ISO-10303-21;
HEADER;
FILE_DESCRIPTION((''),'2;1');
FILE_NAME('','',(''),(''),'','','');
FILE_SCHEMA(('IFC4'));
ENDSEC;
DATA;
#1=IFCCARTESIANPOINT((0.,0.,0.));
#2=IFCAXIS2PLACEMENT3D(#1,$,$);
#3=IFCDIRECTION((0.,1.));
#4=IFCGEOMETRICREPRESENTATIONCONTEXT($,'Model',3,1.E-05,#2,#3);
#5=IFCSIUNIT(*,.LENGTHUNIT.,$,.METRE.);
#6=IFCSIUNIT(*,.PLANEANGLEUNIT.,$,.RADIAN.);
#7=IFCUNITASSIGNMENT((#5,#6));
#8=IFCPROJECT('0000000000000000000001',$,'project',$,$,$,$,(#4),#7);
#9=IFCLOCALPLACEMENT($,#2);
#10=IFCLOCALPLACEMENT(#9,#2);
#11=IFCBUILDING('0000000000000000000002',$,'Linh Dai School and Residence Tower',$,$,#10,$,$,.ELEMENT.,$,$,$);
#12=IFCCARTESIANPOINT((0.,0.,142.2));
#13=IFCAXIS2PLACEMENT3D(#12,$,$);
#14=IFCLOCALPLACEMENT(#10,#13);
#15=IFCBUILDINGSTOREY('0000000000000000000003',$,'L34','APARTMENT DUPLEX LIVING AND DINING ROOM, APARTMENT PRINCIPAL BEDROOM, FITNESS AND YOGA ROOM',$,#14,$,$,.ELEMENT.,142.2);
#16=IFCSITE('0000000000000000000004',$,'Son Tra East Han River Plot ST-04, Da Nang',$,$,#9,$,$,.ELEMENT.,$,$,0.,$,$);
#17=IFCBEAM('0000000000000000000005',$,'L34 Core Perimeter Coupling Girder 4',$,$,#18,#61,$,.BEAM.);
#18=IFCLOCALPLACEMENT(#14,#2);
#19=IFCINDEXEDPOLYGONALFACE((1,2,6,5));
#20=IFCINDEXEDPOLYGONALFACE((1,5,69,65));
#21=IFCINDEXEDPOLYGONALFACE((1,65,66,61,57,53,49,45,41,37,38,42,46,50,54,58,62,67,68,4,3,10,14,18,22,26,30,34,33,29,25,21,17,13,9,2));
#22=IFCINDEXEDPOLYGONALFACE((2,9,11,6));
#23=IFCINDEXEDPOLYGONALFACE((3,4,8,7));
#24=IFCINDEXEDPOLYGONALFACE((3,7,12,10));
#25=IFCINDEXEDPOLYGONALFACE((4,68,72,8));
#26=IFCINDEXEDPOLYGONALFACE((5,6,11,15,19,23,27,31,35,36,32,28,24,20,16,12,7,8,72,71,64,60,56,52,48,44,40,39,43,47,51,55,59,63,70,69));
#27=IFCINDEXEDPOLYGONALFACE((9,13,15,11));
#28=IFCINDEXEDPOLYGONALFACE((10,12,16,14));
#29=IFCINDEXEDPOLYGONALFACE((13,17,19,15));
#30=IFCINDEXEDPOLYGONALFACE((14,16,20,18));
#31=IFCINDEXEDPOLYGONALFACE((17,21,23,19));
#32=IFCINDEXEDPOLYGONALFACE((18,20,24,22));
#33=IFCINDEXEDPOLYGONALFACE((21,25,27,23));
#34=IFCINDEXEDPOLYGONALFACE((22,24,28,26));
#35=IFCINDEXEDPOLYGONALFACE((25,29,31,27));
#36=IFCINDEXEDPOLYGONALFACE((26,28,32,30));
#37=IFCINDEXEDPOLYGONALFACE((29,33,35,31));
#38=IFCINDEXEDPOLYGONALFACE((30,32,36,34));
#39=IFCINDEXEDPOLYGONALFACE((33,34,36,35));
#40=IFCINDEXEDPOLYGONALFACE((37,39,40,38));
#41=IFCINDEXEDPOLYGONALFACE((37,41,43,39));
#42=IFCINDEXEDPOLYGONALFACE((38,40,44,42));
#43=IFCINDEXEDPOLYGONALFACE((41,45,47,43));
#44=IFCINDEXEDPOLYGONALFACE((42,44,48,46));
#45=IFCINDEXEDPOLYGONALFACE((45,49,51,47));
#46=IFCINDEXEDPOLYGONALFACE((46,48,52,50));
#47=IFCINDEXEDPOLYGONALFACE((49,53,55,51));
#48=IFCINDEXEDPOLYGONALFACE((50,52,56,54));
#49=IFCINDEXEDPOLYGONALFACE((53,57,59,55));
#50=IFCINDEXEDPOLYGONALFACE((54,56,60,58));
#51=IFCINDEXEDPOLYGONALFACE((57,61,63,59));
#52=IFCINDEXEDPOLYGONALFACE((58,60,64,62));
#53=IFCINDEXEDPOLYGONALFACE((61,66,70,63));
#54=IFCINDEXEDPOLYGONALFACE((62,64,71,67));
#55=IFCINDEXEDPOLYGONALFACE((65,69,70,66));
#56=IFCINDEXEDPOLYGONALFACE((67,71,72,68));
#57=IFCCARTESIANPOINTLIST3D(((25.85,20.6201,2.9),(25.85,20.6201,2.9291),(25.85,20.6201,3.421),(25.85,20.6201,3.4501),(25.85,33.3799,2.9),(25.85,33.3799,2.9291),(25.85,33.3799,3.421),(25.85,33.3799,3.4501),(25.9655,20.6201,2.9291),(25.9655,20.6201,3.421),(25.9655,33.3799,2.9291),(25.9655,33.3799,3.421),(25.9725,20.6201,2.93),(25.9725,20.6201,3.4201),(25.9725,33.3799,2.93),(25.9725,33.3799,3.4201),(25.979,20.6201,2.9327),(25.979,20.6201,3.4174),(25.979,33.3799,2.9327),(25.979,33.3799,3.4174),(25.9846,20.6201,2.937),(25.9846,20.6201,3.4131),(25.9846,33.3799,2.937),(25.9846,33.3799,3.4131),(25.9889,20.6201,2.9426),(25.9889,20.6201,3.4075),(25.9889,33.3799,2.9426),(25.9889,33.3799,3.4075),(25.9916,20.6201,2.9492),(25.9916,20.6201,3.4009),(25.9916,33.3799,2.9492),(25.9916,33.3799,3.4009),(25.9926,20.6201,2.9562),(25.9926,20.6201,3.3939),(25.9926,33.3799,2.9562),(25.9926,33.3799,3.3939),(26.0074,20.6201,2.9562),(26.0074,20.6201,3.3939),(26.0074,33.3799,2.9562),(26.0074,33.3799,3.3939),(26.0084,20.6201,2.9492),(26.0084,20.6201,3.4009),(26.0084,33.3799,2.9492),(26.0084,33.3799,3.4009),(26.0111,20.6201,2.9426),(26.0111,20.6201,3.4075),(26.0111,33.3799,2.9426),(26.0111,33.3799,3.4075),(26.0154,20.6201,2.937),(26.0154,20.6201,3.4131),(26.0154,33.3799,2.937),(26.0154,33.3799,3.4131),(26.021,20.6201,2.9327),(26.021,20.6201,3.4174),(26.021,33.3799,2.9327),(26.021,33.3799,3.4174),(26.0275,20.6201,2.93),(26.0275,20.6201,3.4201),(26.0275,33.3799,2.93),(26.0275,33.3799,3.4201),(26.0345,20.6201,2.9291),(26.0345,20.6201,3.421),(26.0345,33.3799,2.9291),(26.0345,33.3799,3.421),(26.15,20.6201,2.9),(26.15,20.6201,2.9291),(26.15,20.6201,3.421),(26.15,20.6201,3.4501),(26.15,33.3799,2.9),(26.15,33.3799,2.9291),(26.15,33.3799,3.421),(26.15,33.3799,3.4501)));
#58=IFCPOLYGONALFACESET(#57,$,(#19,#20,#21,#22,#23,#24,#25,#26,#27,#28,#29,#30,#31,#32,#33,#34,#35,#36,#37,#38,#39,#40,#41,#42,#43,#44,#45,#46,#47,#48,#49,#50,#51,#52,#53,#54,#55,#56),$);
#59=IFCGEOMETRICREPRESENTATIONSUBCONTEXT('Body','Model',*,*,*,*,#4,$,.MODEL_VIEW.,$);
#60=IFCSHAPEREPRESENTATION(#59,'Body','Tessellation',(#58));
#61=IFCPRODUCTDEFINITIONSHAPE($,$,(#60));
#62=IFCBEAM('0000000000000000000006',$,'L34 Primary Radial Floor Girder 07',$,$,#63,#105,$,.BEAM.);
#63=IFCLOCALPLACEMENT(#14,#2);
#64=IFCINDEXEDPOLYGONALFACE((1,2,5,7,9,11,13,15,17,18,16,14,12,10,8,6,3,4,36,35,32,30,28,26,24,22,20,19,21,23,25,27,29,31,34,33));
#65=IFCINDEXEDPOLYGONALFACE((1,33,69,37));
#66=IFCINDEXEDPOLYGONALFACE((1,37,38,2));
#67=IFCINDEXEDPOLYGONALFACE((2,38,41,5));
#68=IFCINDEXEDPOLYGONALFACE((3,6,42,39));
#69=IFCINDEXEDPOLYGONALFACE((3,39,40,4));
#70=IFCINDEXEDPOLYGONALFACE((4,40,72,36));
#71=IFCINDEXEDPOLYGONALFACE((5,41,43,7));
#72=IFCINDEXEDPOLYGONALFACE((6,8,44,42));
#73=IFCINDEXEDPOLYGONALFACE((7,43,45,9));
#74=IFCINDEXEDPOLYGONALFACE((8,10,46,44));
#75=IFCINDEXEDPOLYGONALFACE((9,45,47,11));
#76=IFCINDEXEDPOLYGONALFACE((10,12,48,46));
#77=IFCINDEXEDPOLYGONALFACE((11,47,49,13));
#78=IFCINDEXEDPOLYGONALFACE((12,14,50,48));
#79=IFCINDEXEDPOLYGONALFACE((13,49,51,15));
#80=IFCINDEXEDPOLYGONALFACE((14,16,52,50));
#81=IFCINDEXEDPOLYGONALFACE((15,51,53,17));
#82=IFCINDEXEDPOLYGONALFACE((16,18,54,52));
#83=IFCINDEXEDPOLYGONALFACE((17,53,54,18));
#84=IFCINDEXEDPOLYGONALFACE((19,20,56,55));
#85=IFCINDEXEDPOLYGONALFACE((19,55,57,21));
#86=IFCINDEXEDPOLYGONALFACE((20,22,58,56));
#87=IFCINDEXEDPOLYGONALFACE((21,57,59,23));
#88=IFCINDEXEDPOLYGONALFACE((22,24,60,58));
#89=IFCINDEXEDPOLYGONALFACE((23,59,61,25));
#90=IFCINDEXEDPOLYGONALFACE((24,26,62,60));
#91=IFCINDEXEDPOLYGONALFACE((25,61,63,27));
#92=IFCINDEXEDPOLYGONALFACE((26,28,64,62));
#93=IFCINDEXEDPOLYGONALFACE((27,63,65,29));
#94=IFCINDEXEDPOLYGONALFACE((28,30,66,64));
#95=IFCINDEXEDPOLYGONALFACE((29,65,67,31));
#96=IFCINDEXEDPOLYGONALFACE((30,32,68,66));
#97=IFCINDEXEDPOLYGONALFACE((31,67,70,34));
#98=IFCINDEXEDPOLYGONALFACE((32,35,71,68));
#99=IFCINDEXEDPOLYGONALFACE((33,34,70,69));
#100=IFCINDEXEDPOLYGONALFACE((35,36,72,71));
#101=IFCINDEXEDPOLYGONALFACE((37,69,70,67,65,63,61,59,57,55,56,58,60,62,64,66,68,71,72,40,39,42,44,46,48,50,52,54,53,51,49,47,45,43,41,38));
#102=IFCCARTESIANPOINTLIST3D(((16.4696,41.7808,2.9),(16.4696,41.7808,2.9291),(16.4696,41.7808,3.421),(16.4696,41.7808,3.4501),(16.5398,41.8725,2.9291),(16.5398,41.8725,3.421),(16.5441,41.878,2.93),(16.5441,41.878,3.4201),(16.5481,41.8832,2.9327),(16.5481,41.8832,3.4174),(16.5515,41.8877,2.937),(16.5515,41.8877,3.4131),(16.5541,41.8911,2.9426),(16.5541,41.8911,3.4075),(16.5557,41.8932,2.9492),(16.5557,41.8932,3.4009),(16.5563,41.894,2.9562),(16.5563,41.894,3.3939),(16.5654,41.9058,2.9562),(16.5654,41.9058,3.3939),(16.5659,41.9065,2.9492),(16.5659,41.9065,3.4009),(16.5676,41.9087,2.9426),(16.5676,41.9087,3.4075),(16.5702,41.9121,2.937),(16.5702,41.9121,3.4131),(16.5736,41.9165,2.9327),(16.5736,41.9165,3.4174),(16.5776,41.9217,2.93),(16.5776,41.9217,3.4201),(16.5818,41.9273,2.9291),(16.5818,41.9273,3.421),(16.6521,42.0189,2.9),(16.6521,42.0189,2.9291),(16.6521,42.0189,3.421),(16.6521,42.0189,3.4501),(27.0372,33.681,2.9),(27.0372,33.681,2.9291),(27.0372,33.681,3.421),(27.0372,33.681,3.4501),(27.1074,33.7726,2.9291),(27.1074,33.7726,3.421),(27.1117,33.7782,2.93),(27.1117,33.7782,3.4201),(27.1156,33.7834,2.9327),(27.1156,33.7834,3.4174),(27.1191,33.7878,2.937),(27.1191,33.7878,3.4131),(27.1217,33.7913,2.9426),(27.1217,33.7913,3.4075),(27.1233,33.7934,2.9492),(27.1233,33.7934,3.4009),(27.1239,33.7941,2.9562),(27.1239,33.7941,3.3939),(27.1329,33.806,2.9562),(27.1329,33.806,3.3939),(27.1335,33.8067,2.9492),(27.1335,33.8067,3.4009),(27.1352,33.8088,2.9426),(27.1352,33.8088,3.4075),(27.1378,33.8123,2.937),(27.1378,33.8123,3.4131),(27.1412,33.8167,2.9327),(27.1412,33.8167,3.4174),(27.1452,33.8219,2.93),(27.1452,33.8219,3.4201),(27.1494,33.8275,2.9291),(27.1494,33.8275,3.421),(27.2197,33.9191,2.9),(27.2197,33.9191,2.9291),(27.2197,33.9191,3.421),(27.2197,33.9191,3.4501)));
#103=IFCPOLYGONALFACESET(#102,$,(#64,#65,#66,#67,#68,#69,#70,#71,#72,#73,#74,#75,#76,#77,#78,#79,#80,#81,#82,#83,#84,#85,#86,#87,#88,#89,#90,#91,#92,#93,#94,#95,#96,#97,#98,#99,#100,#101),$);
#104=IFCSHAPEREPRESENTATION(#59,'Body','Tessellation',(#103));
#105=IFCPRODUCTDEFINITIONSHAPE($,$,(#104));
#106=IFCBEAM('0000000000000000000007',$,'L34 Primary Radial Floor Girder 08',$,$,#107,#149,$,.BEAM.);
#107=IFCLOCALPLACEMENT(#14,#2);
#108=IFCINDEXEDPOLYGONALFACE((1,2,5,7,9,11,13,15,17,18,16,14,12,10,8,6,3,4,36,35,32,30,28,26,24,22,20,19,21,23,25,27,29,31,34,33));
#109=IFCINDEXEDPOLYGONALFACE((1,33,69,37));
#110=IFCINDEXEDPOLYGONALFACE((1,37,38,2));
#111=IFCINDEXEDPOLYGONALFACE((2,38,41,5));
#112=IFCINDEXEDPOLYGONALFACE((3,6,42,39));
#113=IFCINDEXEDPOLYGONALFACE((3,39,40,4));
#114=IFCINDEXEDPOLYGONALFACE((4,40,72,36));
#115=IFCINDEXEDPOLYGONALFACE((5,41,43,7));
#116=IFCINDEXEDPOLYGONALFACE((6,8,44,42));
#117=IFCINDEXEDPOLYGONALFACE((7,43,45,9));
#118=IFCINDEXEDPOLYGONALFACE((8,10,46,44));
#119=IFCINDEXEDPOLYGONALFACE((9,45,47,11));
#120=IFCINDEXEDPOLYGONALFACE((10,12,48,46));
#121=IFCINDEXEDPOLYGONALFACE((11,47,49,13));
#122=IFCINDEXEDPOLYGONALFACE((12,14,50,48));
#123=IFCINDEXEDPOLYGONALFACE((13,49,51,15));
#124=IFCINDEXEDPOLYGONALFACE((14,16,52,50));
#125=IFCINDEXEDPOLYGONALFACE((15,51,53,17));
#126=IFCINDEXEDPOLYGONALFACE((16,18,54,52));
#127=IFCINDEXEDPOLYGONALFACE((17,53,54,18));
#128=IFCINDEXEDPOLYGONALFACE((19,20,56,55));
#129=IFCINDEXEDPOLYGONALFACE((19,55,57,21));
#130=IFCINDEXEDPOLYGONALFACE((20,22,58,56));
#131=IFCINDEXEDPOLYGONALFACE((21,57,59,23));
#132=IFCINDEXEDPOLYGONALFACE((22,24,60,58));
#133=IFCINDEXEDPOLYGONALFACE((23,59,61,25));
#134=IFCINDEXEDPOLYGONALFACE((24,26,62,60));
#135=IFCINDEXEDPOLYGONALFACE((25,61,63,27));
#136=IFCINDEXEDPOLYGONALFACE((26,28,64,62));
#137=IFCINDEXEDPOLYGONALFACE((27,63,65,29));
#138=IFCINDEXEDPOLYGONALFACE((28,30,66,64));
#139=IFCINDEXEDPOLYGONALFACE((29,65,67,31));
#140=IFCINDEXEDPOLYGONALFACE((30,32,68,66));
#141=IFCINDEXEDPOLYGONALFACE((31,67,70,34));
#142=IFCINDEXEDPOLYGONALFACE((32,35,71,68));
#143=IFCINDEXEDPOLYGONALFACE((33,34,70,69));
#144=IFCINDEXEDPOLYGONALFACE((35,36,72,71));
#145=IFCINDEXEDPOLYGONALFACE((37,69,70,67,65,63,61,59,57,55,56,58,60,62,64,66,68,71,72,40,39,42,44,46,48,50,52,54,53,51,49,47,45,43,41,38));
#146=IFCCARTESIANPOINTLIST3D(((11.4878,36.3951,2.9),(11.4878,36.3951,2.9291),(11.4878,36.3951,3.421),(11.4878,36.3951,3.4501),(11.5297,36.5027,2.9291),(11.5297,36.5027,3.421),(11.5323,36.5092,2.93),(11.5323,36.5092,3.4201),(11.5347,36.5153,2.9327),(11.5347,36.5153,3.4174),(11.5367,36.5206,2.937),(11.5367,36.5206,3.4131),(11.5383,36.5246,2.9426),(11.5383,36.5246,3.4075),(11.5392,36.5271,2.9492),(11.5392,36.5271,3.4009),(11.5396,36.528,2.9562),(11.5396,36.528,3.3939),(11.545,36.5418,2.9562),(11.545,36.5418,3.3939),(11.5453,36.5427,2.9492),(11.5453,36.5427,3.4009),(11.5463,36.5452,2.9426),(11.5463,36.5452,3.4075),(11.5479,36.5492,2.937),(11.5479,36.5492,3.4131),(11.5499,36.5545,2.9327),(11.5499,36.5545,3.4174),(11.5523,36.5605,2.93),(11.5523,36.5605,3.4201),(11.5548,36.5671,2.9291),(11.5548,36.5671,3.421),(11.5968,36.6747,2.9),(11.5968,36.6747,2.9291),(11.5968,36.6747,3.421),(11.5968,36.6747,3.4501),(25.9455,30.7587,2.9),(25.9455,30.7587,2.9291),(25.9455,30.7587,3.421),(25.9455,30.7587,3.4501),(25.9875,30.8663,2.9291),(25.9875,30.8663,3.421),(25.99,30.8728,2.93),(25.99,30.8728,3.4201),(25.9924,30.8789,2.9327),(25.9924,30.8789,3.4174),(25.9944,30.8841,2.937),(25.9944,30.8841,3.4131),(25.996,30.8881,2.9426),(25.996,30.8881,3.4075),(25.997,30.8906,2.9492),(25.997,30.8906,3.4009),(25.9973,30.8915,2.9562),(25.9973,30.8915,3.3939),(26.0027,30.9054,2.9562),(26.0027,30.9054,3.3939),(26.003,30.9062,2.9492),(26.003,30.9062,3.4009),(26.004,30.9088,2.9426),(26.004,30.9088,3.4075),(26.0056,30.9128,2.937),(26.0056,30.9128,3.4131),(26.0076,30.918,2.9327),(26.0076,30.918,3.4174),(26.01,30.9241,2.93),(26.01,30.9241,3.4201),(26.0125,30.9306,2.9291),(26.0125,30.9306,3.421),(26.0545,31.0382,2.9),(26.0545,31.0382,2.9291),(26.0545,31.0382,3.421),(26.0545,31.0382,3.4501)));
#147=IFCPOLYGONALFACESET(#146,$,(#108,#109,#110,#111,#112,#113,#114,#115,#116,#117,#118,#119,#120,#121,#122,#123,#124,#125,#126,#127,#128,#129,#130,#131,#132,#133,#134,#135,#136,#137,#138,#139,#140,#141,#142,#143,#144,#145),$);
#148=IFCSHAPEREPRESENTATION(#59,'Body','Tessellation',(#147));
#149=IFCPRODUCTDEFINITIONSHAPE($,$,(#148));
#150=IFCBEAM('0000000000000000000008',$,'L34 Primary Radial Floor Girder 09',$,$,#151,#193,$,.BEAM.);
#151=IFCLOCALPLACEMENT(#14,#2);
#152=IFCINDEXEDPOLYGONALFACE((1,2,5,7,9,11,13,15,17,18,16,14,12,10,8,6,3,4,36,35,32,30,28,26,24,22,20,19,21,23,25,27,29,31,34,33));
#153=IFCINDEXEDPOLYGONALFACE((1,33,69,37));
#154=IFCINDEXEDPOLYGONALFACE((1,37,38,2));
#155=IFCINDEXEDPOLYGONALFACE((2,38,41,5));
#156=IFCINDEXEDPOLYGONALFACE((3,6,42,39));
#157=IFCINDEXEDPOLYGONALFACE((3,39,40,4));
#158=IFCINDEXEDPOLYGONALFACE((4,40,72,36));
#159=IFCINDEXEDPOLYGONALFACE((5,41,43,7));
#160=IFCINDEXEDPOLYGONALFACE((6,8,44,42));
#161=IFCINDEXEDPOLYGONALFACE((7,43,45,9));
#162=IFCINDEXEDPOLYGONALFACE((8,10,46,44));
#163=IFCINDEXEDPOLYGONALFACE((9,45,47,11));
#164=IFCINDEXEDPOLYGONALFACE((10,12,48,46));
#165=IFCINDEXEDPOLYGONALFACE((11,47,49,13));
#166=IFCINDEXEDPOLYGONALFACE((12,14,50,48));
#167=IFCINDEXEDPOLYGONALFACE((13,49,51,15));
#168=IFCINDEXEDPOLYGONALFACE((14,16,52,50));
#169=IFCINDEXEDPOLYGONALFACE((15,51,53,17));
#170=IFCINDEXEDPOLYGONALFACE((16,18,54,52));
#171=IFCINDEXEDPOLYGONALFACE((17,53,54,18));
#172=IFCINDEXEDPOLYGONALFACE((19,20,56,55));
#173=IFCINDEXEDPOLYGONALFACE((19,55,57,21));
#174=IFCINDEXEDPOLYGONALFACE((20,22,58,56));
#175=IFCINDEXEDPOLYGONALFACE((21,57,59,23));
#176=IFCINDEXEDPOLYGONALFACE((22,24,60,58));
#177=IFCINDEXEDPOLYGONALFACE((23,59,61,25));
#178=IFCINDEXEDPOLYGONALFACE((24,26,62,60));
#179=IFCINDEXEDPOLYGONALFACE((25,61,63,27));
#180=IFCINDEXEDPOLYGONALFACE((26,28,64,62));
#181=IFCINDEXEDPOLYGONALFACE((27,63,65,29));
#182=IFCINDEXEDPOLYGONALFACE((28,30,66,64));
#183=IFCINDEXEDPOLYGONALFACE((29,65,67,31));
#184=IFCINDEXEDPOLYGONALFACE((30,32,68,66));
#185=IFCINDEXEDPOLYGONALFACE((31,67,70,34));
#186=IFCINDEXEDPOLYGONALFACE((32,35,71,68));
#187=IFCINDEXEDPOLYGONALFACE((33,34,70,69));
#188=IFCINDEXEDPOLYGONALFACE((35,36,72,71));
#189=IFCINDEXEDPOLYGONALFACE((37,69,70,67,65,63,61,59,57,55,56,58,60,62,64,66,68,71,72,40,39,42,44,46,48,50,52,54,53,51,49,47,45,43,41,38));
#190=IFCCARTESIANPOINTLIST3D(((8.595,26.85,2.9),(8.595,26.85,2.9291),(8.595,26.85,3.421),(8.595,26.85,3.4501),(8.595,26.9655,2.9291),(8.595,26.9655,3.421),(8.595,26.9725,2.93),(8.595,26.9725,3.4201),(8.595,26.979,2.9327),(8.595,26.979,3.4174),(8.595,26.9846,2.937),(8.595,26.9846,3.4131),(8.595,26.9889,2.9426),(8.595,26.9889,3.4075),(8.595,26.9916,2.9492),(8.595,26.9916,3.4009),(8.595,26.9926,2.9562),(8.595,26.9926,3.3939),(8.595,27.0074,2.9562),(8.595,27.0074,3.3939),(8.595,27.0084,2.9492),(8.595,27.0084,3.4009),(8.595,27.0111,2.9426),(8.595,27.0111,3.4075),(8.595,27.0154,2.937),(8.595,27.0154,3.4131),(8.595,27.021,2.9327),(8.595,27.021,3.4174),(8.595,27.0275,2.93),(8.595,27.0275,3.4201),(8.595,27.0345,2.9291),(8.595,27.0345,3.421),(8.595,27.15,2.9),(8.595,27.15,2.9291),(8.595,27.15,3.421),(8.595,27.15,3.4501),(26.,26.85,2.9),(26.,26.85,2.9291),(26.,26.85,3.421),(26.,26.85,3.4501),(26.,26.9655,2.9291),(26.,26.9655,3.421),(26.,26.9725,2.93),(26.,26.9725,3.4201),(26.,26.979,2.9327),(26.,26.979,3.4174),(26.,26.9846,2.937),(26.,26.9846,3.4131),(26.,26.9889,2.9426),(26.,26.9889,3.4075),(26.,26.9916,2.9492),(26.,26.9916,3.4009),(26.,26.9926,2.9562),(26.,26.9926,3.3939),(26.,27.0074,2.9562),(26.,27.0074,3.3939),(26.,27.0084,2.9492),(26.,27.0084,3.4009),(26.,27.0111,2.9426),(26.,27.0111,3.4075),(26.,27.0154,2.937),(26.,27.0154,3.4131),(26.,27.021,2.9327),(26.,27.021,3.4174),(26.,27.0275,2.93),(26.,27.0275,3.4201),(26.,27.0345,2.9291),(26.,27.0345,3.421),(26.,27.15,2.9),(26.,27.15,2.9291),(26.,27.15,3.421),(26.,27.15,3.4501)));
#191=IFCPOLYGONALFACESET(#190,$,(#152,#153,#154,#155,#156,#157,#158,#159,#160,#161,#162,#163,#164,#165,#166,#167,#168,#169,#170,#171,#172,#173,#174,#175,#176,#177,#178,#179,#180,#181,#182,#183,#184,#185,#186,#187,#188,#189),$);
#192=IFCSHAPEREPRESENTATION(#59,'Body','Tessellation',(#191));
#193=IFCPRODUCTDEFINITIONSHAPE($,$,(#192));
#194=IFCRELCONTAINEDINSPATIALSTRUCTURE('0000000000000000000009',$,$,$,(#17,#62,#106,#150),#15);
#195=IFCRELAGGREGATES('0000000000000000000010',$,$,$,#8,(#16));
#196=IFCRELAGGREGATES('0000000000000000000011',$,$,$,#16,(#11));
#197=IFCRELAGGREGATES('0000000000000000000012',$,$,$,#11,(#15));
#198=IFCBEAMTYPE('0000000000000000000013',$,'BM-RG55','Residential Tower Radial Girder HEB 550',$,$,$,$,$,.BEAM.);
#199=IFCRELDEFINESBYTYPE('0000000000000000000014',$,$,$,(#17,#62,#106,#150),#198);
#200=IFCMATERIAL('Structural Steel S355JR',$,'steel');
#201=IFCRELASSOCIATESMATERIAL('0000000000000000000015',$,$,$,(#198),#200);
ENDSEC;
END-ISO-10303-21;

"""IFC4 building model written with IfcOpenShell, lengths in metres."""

from ifc_helpers import new_model, si_unit, direction, frame, origin, origin_2d, place, context, subcontext, project, spatial, i_section, extrude, material, material_profile, profile_set, type_object, element, save


model = new_model("IFC4")

# Units and contexts
model_context = context("Model", 3, precision=1e-05, world=origin(), true_north=direction((0.0, 1.0)))
body_context = subcontext(model_context, "Body", "Model", "MODEL_VIEW")
ifc_project = project(units=[si_unit("LENGTHUNIT", "METRE"), si_unit("PLANEANGLEUNIT", "RADIAN")], contexts=[model_context])

# Site, building, storey
site_placement = place(None, origin())
site = spatial("IfcSite", under=ifc_project, at=site_placement, Name="Son Tra East Han River Plot ST-04, Da Nang", CompositionType="ELEMENT", RefElevation=0.0)
building_placement = place(site_placement, origin())
building = spatial("IfcBuilding", under=site, at=building_placement, Name="Linh Dai School and Residence Tower", CompositionType="ELEMENT")
storey_placement = place(building_placement, frame((0.0, 0.0, 142.2)))
storey = spatial("IfcBuildingStorey", under=building, at=storey_placement, Name="L34", Description="APARTMENT DUPLEX LIVING AND DINING ROOM, APARTMENT PRINCIPAL BEDROOM, FITNESS AND YOGA ROOM", CompositionType="ELEMENT", Elevation=142.2)

# Shared definitions
ifc_material_1 = material(Name="Structural Steel S355JR", Category="steel")

# Beams
ifc_material_profile_1 = material_profile(ifc_material_1, i_section(OverallWidth=0.3, OverallDepth=0.55, WebThickness=0.0149, FlangeThickness=0.0291, FilletRadius=0.0271, at=origin_2d()), Name="HEB 550")
ifc_profile_set_1 = profile_set([ifc_material_profile_1], Name="Structural Steel S355JR")
beam_type_1 = type_object("IfcBeamType", Name="BM-RG55", Description="Residential Tower Radial Girder HEB 550", PredefinedType="BEAM", material=ifc_profile_set_1)
beam_1_placement = place(storey_placement, frame((26.0, 33.3799, 3.175), z_axis=(0.0, -1.0, 0.0), x_axis=(1.0, 0.0, 0.0)))
element("IfcBeam", 1, at=beam_1_placement, inside=storey, type_object=beam_type_1, Name="L34 Core Perimeter Coupling Girder 4", PredefinedType="BEAM", context=body_context, shape_type="SweptSolid", body=[
    extrude(i_section(OverallWidth=0.3, OverallDepth=0.55, WebThickness=0.0149, FlangeThickness=0.0291, FilletRadius=0.0271, at=origin_2d()), origin(), (0.0, 0.0, 1.0), 12.7598),
])
beam_2_placement = place(storey_placement, frame((27.1284, 33.8, 3.175), z_axis=(-0.793679, 0.608337, 0.0), x_axis=(-0.608337, -0.793679, 0.0)))
element("IfcBeam", 2, at=beam_2_placement, inside=storey, type_object=beam_type_1, Name="L34 Primary Radial Floor Girder 07", PredefinedType="BEAM", context=body_context, shape_type="SweptSolid", body=[
    extrude(i_section(OverallWidth=0.3, OverallDepth=0.55, WebThickness=0.0149, FlangeThickness=0.0291, FilletRadius=0.0271, at=origin_2d()), origin(), (0.0, 0.0, 1.0), 13.3147),
])
beam_3_placement = place(storey_placement, frame((26.0, 30.8984, 3.175), z_axis=(-0.931699, 0.36323, 0.0), x_axis=(-0.36323, -0.931699, 0.0)))
element("IfcBeam", 3, at=beam_3_placement, inside=storey, type_object=beam_type_1, Name="L34 Primary Radial Floor Girder 08", PredefinedType="BEAM", context=body_context, shape_type="SweptSolid", body=[
    extrude(i_section(OverallWidth=0.3, OverallDepth=0.55, WebThickness=0.0149, FlangeThickness=0.0291, FilletRadius=0.0271, at=origin_2d()), origin(), (0.0, 0.0, 1.0), 15.5176),
])
beam_4_placement = place(storey_placement, frame((26.0, 27.0, 3.175), z_axis=(-1.0, 0.0, 0.0), x_axis=(0.0, -1.0, 0.0)))
element("IfcBeam", 4, at=beam_4_placement, inside=storey, type_object=beam_type_1, Name="L34 Primary Radial Floor Girder 09", PredefinedType="BEAM", context=body_context, shape_type="SweptSolid", body=[
    extrude(i_section(OverallWidth=0.3, OverallDepth=0.55, WebThickness=0.0149, FlangeThickness=0.0291, FilletRadius=0.0271, at=origin_2d()), origin(), (0.0, 0.0, 1.0), 17.405),
])

save(model, "model.ifc")
